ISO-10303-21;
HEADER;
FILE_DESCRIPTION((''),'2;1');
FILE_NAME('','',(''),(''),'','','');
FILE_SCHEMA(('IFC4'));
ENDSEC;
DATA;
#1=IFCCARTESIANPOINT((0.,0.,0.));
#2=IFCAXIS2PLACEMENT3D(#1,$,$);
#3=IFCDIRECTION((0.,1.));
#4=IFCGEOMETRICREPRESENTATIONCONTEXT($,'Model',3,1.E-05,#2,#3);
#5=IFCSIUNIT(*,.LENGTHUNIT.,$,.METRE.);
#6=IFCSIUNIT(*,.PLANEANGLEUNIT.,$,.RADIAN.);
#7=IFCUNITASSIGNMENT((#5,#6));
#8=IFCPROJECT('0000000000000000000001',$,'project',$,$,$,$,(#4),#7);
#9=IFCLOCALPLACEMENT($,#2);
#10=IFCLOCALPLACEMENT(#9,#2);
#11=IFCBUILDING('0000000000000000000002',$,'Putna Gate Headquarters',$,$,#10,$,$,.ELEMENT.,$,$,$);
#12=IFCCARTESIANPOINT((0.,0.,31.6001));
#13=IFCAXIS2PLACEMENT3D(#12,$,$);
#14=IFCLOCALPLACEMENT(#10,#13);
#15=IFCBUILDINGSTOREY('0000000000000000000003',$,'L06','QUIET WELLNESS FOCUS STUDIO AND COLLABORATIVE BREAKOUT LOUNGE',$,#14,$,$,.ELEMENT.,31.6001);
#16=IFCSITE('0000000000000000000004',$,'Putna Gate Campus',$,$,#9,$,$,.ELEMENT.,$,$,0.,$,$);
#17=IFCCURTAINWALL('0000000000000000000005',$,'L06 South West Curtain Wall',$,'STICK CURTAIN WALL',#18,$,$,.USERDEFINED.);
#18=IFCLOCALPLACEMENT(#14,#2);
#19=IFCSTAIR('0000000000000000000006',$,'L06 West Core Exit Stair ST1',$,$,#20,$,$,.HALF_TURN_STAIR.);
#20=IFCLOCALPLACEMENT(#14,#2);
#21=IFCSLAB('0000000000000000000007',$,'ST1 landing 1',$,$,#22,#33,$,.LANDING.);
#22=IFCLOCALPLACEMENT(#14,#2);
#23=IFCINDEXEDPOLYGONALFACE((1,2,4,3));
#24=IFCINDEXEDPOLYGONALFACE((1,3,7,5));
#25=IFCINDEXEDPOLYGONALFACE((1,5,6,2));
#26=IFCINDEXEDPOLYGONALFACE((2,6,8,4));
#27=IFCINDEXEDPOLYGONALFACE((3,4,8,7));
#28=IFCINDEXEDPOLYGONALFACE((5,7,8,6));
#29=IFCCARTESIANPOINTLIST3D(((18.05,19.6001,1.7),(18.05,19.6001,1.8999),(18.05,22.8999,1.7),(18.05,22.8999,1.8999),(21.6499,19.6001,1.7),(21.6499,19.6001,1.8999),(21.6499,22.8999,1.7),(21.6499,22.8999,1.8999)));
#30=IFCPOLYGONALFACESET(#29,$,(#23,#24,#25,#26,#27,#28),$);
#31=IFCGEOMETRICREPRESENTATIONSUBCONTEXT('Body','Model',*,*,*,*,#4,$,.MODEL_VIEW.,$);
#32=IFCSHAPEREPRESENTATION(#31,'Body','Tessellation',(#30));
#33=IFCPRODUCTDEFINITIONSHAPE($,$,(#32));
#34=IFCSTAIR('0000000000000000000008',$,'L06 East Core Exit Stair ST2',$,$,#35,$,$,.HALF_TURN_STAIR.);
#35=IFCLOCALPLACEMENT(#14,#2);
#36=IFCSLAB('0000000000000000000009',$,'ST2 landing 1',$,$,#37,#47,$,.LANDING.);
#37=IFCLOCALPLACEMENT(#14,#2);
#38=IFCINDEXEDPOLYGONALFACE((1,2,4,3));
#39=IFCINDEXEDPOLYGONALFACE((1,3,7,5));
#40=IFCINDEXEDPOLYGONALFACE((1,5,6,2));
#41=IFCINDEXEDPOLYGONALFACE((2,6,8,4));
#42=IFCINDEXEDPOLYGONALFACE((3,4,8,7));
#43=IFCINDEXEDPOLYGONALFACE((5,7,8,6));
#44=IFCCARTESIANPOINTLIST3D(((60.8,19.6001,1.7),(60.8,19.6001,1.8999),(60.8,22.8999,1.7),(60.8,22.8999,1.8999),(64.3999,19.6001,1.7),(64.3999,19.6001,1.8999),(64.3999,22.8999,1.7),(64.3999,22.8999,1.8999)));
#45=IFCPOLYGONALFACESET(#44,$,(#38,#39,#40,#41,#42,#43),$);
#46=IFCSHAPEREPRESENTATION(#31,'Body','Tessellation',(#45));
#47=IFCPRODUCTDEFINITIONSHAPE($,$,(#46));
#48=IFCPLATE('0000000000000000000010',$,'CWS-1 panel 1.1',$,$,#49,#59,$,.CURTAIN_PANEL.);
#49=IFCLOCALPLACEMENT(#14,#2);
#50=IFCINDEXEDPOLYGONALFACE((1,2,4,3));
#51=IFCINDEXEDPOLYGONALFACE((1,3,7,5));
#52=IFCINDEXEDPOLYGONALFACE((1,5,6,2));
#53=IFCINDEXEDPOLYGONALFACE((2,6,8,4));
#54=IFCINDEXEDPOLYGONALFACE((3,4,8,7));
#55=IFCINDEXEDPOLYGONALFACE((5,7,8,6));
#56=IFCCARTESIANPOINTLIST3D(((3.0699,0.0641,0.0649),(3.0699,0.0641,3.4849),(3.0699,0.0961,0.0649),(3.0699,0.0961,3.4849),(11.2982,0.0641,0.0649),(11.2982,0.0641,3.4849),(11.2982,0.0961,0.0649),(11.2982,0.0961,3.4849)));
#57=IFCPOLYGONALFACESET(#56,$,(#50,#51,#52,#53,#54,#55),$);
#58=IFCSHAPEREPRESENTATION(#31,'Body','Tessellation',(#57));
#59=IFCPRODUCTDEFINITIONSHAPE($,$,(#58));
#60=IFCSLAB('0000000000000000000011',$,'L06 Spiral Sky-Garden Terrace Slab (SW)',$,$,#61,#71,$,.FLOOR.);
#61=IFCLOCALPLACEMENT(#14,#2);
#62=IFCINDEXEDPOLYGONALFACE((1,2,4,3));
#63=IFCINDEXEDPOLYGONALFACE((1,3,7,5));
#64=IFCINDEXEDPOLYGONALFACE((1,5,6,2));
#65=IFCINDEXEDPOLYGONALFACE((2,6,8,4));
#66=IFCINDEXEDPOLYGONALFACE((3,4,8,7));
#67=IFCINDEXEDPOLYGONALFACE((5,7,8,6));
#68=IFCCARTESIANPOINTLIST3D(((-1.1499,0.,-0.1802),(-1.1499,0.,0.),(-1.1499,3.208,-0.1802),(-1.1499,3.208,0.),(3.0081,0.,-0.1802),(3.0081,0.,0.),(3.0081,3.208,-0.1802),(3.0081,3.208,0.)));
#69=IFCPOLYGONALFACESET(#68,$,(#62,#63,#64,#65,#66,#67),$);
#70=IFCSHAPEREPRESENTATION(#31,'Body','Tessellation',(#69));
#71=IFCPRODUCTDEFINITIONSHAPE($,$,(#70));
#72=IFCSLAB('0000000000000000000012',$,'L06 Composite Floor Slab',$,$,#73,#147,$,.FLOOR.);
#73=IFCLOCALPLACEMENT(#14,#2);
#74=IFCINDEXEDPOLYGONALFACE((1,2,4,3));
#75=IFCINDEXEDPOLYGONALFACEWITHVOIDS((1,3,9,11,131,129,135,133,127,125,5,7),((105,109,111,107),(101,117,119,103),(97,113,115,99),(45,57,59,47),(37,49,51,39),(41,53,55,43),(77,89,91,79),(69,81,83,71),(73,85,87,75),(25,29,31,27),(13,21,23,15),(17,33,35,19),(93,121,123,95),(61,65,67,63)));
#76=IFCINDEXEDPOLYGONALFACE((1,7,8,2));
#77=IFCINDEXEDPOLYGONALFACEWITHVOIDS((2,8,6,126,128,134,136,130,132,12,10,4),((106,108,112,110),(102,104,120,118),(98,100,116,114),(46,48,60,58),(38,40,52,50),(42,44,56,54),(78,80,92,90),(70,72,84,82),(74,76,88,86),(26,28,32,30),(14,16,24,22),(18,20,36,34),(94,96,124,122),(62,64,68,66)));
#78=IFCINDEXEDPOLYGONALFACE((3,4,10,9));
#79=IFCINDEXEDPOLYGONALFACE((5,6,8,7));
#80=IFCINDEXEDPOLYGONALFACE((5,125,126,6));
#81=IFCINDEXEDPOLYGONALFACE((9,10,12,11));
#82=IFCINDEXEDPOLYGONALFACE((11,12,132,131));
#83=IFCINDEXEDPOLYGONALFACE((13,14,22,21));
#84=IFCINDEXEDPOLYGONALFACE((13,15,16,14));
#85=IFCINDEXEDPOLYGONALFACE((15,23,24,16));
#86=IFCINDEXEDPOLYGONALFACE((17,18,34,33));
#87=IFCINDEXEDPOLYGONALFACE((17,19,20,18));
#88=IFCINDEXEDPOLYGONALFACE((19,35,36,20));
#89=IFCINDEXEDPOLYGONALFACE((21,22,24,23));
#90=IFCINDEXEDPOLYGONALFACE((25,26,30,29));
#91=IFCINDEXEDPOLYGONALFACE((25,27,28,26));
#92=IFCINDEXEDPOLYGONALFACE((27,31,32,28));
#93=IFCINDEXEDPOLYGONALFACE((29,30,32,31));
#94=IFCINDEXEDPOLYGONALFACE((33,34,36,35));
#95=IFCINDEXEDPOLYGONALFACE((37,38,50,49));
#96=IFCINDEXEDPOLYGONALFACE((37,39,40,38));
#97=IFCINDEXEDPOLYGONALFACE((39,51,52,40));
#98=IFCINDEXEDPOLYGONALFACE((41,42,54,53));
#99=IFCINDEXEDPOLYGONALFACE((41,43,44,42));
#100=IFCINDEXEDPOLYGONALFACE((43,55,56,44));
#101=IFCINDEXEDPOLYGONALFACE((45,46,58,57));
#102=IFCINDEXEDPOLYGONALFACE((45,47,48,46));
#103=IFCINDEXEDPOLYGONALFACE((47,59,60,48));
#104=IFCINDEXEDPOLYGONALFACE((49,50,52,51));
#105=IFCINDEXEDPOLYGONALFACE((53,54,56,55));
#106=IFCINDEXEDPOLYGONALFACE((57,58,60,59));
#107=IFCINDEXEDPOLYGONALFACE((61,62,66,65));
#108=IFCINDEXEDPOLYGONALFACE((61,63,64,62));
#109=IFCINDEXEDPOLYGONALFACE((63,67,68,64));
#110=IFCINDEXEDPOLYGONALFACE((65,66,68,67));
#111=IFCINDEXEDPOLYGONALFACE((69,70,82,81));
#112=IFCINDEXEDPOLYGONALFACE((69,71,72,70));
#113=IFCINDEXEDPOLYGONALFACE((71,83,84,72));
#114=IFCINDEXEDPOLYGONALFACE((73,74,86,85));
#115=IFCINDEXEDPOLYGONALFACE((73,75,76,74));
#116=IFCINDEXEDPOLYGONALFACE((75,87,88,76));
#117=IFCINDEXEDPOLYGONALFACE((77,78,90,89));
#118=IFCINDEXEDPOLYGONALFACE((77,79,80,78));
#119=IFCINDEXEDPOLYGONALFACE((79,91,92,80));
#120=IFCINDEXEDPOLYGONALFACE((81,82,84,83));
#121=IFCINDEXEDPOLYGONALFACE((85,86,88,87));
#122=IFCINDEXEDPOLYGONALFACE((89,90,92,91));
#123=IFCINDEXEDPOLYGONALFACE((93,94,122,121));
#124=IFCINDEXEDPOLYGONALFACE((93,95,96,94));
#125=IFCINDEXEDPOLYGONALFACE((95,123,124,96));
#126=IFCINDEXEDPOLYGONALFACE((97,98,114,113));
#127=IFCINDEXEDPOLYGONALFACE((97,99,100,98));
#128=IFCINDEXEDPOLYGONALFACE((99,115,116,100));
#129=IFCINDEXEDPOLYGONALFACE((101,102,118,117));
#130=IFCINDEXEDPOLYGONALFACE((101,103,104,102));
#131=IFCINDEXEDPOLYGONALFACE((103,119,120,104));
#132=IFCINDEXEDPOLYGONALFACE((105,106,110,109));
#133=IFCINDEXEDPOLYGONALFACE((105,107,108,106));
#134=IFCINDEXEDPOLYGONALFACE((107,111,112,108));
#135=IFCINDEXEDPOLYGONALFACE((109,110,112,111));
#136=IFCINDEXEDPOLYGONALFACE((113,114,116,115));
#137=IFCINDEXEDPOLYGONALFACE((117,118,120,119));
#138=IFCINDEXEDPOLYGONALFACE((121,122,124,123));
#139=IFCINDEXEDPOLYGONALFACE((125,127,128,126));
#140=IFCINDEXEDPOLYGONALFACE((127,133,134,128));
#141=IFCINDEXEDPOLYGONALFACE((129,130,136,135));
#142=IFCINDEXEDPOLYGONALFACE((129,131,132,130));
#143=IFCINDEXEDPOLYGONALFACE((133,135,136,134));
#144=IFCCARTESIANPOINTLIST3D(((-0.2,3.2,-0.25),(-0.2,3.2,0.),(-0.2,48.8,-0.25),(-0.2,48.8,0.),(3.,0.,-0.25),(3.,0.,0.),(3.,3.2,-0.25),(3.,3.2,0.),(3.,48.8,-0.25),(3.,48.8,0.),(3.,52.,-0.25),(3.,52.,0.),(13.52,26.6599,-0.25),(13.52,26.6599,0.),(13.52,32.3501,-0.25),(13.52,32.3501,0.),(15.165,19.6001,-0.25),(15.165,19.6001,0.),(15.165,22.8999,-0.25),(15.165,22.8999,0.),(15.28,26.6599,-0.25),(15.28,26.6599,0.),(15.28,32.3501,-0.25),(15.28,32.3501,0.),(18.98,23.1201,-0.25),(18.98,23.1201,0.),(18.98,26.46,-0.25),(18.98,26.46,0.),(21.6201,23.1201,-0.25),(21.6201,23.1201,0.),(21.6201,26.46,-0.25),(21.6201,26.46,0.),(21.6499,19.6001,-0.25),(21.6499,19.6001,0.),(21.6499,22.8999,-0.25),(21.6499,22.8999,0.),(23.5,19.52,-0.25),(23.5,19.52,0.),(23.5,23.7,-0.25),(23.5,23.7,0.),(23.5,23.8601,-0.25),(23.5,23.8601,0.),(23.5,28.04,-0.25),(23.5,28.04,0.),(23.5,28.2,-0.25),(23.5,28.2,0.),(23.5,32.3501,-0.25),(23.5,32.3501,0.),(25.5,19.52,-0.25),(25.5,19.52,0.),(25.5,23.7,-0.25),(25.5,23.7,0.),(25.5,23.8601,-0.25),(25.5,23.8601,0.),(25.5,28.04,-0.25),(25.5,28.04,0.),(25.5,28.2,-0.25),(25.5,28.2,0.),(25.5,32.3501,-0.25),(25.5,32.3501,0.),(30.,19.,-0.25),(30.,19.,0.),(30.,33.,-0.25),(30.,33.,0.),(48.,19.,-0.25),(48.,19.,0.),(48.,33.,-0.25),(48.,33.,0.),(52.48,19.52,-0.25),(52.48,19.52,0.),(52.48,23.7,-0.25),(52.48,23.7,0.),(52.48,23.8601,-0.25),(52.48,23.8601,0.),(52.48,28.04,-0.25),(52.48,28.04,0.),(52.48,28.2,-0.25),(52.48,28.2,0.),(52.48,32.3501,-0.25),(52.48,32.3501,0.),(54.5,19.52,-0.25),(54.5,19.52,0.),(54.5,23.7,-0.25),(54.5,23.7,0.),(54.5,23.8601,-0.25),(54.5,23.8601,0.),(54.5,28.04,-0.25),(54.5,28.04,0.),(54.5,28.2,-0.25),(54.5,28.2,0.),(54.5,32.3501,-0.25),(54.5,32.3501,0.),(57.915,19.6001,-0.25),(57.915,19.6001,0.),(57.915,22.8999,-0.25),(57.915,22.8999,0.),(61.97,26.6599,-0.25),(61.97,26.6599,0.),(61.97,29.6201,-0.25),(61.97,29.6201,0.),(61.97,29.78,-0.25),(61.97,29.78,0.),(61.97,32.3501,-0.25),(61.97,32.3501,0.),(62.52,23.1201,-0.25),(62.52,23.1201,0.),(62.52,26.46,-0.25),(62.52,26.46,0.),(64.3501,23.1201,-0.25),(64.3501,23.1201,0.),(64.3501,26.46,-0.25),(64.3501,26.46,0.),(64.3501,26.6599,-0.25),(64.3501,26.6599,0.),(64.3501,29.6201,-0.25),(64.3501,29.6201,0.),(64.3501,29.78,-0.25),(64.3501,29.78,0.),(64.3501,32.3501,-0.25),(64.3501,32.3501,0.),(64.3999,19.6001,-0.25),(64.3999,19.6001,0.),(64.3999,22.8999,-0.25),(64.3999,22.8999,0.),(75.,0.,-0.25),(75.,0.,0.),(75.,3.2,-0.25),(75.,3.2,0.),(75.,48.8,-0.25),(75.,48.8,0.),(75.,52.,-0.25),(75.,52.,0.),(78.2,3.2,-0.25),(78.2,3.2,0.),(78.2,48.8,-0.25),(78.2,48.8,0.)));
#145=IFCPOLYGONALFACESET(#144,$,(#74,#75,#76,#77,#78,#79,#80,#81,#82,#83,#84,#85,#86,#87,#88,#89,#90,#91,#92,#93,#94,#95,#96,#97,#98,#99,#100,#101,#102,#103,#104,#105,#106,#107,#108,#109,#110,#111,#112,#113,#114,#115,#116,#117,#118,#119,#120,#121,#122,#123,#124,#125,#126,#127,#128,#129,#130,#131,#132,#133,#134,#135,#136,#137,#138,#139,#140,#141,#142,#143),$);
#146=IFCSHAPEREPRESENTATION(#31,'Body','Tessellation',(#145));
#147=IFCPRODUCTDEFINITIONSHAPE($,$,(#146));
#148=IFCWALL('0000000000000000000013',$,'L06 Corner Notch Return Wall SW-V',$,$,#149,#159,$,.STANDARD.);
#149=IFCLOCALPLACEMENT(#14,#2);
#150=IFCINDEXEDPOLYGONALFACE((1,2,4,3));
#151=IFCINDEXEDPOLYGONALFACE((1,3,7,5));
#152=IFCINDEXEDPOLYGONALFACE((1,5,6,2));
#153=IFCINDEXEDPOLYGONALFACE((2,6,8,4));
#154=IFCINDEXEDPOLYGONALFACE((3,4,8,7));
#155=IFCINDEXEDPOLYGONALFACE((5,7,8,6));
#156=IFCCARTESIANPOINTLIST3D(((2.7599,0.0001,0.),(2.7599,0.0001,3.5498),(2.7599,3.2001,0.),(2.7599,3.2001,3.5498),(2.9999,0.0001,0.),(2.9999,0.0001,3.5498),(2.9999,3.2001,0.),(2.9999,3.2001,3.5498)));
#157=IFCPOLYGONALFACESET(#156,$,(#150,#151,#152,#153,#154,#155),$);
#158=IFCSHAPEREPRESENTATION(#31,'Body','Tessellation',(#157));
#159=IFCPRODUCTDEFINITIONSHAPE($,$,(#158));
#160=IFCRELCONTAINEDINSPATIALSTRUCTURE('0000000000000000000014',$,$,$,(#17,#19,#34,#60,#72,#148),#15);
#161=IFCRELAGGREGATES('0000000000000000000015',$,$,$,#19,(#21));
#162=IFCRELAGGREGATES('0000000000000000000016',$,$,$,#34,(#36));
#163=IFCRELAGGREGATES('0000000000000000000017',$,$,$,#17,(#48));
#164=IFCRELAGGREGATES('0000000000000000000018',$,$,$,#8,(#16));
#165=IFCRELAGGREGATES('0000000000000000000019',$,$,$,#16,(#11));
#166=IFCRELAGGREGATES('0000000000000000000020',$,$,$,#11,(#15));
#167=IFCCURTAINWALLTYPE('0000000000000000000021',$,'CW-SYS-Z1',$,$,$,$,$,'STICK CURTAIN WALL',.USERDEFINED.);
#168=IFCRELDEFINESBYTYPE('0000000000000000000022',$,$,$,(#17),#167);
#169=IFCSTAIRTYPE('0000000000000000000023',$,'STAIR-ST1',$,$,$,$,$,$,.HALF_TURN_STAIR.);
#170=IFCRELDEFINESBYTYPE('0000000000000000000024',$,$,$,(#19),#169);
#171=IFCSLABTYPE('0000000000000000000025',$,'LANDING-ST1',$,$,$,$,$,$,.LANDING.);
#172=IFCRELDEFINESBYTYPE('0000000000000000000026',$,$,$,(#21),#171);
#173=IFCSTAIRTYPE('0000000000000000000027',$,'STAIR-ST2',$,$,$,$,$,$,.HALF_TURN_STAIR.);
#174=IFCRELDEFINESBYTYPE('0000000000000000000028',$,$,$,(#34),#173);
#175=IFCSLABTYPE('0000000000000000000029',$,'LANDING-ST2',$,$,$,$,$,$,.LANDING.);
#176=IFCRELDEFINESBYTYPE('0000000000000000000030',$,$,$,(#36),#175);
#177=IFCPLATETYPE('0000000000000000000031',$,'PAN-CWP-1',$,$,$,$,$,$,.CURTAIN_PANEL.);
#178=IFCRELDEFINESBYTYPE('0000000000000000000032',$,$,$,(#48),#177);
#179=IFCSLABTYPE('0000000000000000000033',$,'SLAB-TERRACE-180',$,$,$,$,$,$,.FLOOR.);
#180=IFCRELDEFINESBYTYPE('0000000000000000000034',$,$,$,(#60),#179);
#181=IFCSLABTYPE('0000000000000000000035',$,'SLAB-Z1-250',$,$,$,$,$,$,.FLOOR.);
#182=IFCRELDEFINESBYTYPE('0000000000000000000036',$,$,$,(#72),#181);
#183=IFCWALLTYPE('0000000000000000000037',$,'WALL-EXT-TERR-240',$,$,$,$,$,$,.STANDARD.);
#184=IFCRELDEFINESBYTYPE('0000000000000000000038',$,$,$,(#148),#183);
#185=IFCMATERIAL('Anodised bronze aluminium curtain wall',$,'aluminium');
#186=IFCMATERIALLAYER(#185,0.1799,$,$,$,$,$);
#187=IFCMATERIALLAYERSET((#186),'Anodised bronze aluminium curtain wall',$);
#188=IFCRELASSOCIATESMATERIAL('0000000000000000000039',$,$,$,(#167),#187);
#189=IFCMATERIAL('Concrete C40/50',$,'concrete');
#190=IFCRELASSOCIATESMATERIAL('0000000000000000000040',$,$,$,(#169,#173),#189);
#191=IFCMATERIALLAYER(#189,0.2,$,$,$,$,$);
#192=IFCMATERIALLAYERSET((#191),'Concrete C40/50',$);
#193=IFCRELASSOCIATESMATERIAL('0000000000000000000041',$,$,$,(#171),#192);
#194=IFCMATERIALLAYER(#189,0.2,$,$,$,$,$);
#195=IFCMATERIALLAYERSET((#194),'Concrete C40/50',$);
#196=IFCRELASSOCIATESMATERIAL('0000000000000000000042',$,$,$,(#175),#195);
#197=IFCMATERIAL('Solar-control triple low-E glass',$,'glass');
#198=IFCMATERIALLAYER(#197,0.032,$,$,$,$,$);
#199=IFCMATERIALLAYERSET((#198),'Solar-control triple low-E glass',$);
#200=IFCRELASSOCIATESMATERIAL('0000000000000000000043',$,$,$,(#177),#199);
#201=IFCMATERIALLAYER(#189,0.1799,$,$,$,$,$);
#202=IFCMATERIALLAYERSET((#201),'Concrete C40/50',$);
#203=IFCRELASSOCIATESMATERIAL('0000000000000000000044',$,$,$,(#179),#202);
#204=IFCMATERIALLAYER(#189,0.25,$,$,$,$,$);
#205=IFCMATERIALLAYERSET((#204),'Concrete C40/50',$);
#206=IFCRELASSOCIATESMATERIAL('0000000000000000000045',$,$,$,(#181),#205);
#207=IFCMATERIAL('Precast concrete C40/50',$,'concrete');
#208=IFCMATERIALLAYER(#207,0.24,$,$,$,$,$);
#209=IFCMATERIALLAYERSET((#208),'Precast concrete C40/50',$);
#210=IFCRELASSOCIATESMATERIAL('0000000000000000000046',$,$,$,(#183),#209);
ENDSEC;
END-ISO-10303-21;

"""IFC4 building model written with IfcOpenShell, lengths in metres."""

from ifc_helpers import new_model, si_unit, direction, frame, frame_2d, origin, origin_2d, place, context, subcontext, project, spatial, polyline, rectangle, outline, extrude, material, layer, layer_set, type_object, element, aggregate, save


model = new_model("IFC4")

# Units and contexts
model_context = context("Model", 3, precision=1e-05, world=origin(), true_north=direction((0.0, 1.0)))
body_context = subcontext(model_context, "Body", "Model", "MODEL_VIEW")
ifc_project = project(units=[si_unit("LENGTHUNIT", "METRE"), si_unit("PLANEANGLEUNIT", "RADIAN")], contexts=[model_context])

# Site, building, storey
site_placement = place(None, origin())
site = spatial("IfcSite", under=ifc_project, at=site_placement, Name="Putna Gate Campus", CompositionType="ELEMENT", RefElevation=0.0)
building_placement = place(site_placement, origin())
building = spatial("IfcBuilding", under=site, at=building_placement, Name="Putna Gate Headquarters", CompositionType="ELEMENT")
storey_placement = place(building_placement, frame((0.0, 0.0, 31.6001)))
storey = spatial("IfcBuildingStorey", under=building, at=storey_placement, Name="L06", Description="QUIET WELLNESS FOCUS STUDIO AND COLLABORATIVE BREAKOUT LOUNGE", CompositionType="ELEMENT", Elevation=31.6001)

# Curtain wall
ifc_material_1 = material(Name="Anodised bronze aluminium curtain wall", Category="aluminium")
ifc_layer_1 = layer(ifc_material_1, 0.1799)
ifc_layer_set_1 = layer_set([ifc_layer_1], Name="Anodised bronze aluminium curtain wall")
curtain_wall_type = type_object("IfcCurtainWallType", Name="CW-SYS-Z1", ElementType="STICK CURTAIN WALL", PredefinedType="USERDEFINED", material=ifc_layer_set_1)
curtain_wall_1_placement = place(storey_placement, origin())
curtain_wall_1 = element("IfcCurtainWall", 1, at=curtain_wall_1_placement, inside=storey, type_object=curtain_wall_type, Name="L06 South West Curtain Wall", ObjectType="STICK CURTAIN WALL", PredefinedType="USERDEFINED")

# Stairs, slabs
ifc_material_2 = material(Name="Concrete C40/50", Category="concrete")
stair_type_1 = type_object("IfcStairType", Name="STAIR-ST1", PredefinedType="HALF_TURN_STAIR", material=ifc_material_2)
stair_1_placement = place(storey_placement, origin())
stair_1 = element("IfcStair", 2, at=stair_1_placement, inside=storey, type_object=stair_type_1, Name="L06 West Core Exit Stair ST1", PredefinedType="HALF_TURN_STAIR")
ifc_layer_2 = layer(ifc_material_2, 0.2)
ifc_layer_set_2 = layer_set([ifc_layer_2], Name="Concrete C40/50")
slab_type_1 = type_object("IfcSlabType", Name="LANDING-ST1", PredefinedType="LANDING", material=ifc_layer_set_2)
slab_1_placement = place(storey_placement, frame((0.0, 0.0, 1.7)))
slab_1 = element("IfcSlab", 3, at=slab_1_placement, type_object=slab_type_1, Name="ST1 landing 1", PredefinedType="LANDING", context=body_context, shape_type="SweptSolid", body=[
    extrude(outline(polyline([(18.05, 19.6001), (21.6499, 19.6001), (21.6499, 22.8999), (18.05, 22.8999), (18.05, 19.6001)])), origin(), (0.0, 0.0, 1.0), 0.2),
])
aggregate(stair_1, [slab_1])
stair_type_2 = type_object("IfcStairType", Name="STAIR-ST2", PredefinedType="HALF_TURN_STAIR", material=ifc_material_2)
stair_2_placement = place(storey_placement, origin())
stair_2 = element("IfcStair", 4, at=stair_2_placement, inside=storey, type_object=stair_type_2, Name="L06 East Core Exit Stair ST2", PredefinedType="HALF_TURN_STAIR")
ifc_layer_3 = layer(ifc_material_2, 0.2)
ifc_layer_set_3 = layer_set([ifc_layer_3], Name="Concrete C40/50")
slab_type_2 = type_object("IfcSlabType", Name="LANDING-ST2", PredefinedType="LANDING", material=ifc_layer_set_3)
slab_2_placement = place(storey_placement, frame((0.0, 0.0, 1.7)))
slab_2 = element("IfcSlab", 5, at=slab_2_placement, type_object=slab_type_2, Name="ST2 landing 1", PredefinedType="LANDING", context=body_context, shape_type="SweptSolid", body=[
    extrude(outline(polyline([(60.8, 19.6001), (64.3999, 19.6001), (64.3999, 22.8999), (60.8, 22.8999), (60.8, 19.6001)])), origin(), (0.0, 0.0, 1.0), 0.2),
])
aggregate(stair_2, [slab_2])

# Plate
ifc_material_3 = material(Name="Solar-control triple low-E glass", Category="glass")
ifc_layer_4 = layer(ifc_material_3, 0.032)
ifc_layer_set_4 = layer_set([ifc_layer_4], Name="Solar-control triple low-E glass")
plate_type = type_object("IfcPlateType", Name="PAN-CWP-1", PredefinedType="CURTAIN_PANEL", material=ifc_layer_set_4)
plate_placement = place(storey_placement, frame((7.1841, 0.0801, 0.0649), z_axis=(0.0, 0.0, 1.0), x_axis=(1.0, 0.0, 0.0)))
plate = element("IfcPlate", 6, at=plate_placement, type_object=plate_type, Name="CWS-1 panel 1.1", PredefinedType="CURTAIN_PANEL", context=body_context, shape_type="SweptSolid", body=[
    extrude(rectangle(XDim=8.2283, YDim=0.032, at=origin_2d()), origin(), (0.0, 0.0, 1.0), 3.4199),
])
aggregate(curtain_wall_1, [plate])

# Slabs
ifc_layer_5 = layer(ifc_material_2, 0.1799)
ifc_layer_set_5 = layer_set([ifc_layer_5], Name="Concrete C40/50")
slab_type_3 = type_object("IfcSlabType", Name="SLAB-TERRACE-180", PredefinedType="FLOOR", material=ifc_layer_set_5)
slab_3_placement = place(storey_placement, frame((0.0, 0.0, -0.1802)))
element("IfcSlab", 7, at=slab_3_placement, inside=storey, type_object=slab_type_3, Name="L06 Spiral Sky-Garden Terrace Slab (SW)", PredefinedType="FLOOR", context=body_context, shape_type="SweptSolid", body=[
    extrude(outline(polyline([(-1.1499, 0.0), (3.0081, 0.0), (3.0081, 3.208), (-1.1499, 3.208), (-1.1499, 0.0)])), origin(), (0.0, 0.0, 1.0), 0.1802),
])
ifc_layer_6 = layer(ifc_material_2, 0.25)
ifc_layer_set_6 = layer_set([ifc_layer_6], Name="Concrete C40/50")
slab_type_4 = type_object("IfcSlabType", Name="SLAB-Z1-250", PredefinedType="FLOOR", material=ifc_layer_set_6)
slab_4_placement = place(storey_placement, frame((0.0, 0.0, -0.25)))
element("IfcSlab", 8, at=slab_4_placement, inside=storey, type_object=slab_type_4, Name="L06 Composite Floor Slab", PredefinedType="FLOOR", context=body_context, shape_type="SweptSolid", body=[
    extrude(outline(polyline([(3.0, 0.0), (75.0, 0.0), (75.0, 3.2), (78.2, 3.2), (78.2, 48.8), (75.0, 48.8), (75.0, 52.0), (3.0, 52.0), (3.0, 48.8), (-0.2, 48.8), (-0.2, 3.2), (3.0, 3.2), (3.0, 0.0)]), holes=[polyline([(15.165, 19.6001), (21.6499, 19.6001), (21.6499, 22.8999), (15.165, 22.8999), (15.165, 19.6001)]), polyline([(57.915, 19.6001), (64.3999, 19.6001), (64.3999, 22.8999), (57.915, 22.8999), (57.915, 19.6001)]), polyline([(13.52, 26.6599), (15.28, 26.6599), (15.28, 32.3501), (13.52, 32.3501), (13.52, 26.6599)]), polyline([(61.97, 29.78), (64.3501, 29.78), (64.3501, 32.3501), (61.97, 32.3501), (61.97, 29.78)]), polyline([(18.98, 23.1201), (21.6201, 23.1201), (21.6201, 26.46), (18.98, 26.46), (18.98, 23.1201)]), polyline([(62.52, 23.1201), (64.3501, 23.1201), (64.3501, 26.46), (62.52, 26.46), (62.52, 23.1201)]), polyline([(61.97, 26.6599), (64.3501, 26.6599), (64.3501, 29.6201), (61.97, 29.6201), (61.97, 26.6599)]), polyline([(23.5, 19.52), (25.5, 19.52), (25.5, 23.7), (23.5, 23.7), (23.5, 19.52)]), polyline([(52.48, 19.52), (54.5, 19.52), (54.5, 23.7), (52.48, 23.7), (52.48, 19.52)]), polyline([(23.5, 23.8601), (25.5, 23.8601), (25.5, 28.04), (23.5, 28.04), (23.5, 23.8601)]), polyline([(52.48, 23.8601), (54.5, 23.8601), (54.5, 28.04), (52.48, 28.04), (52.48, 23.8601)]), polyline([(23.5, 28.2), (25.5, 28.2), (25.5, 32.3501), (23.5, 32.3501), (23.5, 28.2)]), polyline([(52.48, 28.2), (54.5, 28.2), (54.5, 32.3501), (52.48, 32.3501), (52.48, 28.2)]), polyline([(30.0, 19.0), (48.0, 19.0), (48.0, 33.0), (30.0, 33.0), (30.0, 19.0)])]), origin(), (0.0, 0.0, 1.0), 0.25),
])

# Wall
ifc_material_4 = material(Name="Precast concrete C40/50", Category="concrete")
ifc_layer_7 = layer(ifc_material_4, 0.24)
ifc_layer_set_7 = layer_set([ifc_layer_7], Name="Precast concrete C40/50")
wall_type = type_object("IfcWallType", Name="WALL-EXT-TERR-240", PredefinedType="STANDARD", material=ifc_layer_set_7)
wall_1_placement = place(storey_placement, frame((2.8799, 0.0, 0.0), z_axis=(0.0, 0.0, 1.0), x_axis=(0.0, 1.0, 0.0)))
element("IfcWall", 9, at=wall_1_placement, inside=storey, type_object=wall_type, Name="L06 Corner Notch Return Wall SW-V", PredefinedType="STANDARD", context=body_context, shape_type="SweptSolid", body=[
    extrude(rectangle(XDim=3.2, YDim=0.24, at=frame_2d((1.6001, 0.0))), origin(), (0.0, 0.0, 1.0), 3.5498),
])

save(model, "model.ifc")
